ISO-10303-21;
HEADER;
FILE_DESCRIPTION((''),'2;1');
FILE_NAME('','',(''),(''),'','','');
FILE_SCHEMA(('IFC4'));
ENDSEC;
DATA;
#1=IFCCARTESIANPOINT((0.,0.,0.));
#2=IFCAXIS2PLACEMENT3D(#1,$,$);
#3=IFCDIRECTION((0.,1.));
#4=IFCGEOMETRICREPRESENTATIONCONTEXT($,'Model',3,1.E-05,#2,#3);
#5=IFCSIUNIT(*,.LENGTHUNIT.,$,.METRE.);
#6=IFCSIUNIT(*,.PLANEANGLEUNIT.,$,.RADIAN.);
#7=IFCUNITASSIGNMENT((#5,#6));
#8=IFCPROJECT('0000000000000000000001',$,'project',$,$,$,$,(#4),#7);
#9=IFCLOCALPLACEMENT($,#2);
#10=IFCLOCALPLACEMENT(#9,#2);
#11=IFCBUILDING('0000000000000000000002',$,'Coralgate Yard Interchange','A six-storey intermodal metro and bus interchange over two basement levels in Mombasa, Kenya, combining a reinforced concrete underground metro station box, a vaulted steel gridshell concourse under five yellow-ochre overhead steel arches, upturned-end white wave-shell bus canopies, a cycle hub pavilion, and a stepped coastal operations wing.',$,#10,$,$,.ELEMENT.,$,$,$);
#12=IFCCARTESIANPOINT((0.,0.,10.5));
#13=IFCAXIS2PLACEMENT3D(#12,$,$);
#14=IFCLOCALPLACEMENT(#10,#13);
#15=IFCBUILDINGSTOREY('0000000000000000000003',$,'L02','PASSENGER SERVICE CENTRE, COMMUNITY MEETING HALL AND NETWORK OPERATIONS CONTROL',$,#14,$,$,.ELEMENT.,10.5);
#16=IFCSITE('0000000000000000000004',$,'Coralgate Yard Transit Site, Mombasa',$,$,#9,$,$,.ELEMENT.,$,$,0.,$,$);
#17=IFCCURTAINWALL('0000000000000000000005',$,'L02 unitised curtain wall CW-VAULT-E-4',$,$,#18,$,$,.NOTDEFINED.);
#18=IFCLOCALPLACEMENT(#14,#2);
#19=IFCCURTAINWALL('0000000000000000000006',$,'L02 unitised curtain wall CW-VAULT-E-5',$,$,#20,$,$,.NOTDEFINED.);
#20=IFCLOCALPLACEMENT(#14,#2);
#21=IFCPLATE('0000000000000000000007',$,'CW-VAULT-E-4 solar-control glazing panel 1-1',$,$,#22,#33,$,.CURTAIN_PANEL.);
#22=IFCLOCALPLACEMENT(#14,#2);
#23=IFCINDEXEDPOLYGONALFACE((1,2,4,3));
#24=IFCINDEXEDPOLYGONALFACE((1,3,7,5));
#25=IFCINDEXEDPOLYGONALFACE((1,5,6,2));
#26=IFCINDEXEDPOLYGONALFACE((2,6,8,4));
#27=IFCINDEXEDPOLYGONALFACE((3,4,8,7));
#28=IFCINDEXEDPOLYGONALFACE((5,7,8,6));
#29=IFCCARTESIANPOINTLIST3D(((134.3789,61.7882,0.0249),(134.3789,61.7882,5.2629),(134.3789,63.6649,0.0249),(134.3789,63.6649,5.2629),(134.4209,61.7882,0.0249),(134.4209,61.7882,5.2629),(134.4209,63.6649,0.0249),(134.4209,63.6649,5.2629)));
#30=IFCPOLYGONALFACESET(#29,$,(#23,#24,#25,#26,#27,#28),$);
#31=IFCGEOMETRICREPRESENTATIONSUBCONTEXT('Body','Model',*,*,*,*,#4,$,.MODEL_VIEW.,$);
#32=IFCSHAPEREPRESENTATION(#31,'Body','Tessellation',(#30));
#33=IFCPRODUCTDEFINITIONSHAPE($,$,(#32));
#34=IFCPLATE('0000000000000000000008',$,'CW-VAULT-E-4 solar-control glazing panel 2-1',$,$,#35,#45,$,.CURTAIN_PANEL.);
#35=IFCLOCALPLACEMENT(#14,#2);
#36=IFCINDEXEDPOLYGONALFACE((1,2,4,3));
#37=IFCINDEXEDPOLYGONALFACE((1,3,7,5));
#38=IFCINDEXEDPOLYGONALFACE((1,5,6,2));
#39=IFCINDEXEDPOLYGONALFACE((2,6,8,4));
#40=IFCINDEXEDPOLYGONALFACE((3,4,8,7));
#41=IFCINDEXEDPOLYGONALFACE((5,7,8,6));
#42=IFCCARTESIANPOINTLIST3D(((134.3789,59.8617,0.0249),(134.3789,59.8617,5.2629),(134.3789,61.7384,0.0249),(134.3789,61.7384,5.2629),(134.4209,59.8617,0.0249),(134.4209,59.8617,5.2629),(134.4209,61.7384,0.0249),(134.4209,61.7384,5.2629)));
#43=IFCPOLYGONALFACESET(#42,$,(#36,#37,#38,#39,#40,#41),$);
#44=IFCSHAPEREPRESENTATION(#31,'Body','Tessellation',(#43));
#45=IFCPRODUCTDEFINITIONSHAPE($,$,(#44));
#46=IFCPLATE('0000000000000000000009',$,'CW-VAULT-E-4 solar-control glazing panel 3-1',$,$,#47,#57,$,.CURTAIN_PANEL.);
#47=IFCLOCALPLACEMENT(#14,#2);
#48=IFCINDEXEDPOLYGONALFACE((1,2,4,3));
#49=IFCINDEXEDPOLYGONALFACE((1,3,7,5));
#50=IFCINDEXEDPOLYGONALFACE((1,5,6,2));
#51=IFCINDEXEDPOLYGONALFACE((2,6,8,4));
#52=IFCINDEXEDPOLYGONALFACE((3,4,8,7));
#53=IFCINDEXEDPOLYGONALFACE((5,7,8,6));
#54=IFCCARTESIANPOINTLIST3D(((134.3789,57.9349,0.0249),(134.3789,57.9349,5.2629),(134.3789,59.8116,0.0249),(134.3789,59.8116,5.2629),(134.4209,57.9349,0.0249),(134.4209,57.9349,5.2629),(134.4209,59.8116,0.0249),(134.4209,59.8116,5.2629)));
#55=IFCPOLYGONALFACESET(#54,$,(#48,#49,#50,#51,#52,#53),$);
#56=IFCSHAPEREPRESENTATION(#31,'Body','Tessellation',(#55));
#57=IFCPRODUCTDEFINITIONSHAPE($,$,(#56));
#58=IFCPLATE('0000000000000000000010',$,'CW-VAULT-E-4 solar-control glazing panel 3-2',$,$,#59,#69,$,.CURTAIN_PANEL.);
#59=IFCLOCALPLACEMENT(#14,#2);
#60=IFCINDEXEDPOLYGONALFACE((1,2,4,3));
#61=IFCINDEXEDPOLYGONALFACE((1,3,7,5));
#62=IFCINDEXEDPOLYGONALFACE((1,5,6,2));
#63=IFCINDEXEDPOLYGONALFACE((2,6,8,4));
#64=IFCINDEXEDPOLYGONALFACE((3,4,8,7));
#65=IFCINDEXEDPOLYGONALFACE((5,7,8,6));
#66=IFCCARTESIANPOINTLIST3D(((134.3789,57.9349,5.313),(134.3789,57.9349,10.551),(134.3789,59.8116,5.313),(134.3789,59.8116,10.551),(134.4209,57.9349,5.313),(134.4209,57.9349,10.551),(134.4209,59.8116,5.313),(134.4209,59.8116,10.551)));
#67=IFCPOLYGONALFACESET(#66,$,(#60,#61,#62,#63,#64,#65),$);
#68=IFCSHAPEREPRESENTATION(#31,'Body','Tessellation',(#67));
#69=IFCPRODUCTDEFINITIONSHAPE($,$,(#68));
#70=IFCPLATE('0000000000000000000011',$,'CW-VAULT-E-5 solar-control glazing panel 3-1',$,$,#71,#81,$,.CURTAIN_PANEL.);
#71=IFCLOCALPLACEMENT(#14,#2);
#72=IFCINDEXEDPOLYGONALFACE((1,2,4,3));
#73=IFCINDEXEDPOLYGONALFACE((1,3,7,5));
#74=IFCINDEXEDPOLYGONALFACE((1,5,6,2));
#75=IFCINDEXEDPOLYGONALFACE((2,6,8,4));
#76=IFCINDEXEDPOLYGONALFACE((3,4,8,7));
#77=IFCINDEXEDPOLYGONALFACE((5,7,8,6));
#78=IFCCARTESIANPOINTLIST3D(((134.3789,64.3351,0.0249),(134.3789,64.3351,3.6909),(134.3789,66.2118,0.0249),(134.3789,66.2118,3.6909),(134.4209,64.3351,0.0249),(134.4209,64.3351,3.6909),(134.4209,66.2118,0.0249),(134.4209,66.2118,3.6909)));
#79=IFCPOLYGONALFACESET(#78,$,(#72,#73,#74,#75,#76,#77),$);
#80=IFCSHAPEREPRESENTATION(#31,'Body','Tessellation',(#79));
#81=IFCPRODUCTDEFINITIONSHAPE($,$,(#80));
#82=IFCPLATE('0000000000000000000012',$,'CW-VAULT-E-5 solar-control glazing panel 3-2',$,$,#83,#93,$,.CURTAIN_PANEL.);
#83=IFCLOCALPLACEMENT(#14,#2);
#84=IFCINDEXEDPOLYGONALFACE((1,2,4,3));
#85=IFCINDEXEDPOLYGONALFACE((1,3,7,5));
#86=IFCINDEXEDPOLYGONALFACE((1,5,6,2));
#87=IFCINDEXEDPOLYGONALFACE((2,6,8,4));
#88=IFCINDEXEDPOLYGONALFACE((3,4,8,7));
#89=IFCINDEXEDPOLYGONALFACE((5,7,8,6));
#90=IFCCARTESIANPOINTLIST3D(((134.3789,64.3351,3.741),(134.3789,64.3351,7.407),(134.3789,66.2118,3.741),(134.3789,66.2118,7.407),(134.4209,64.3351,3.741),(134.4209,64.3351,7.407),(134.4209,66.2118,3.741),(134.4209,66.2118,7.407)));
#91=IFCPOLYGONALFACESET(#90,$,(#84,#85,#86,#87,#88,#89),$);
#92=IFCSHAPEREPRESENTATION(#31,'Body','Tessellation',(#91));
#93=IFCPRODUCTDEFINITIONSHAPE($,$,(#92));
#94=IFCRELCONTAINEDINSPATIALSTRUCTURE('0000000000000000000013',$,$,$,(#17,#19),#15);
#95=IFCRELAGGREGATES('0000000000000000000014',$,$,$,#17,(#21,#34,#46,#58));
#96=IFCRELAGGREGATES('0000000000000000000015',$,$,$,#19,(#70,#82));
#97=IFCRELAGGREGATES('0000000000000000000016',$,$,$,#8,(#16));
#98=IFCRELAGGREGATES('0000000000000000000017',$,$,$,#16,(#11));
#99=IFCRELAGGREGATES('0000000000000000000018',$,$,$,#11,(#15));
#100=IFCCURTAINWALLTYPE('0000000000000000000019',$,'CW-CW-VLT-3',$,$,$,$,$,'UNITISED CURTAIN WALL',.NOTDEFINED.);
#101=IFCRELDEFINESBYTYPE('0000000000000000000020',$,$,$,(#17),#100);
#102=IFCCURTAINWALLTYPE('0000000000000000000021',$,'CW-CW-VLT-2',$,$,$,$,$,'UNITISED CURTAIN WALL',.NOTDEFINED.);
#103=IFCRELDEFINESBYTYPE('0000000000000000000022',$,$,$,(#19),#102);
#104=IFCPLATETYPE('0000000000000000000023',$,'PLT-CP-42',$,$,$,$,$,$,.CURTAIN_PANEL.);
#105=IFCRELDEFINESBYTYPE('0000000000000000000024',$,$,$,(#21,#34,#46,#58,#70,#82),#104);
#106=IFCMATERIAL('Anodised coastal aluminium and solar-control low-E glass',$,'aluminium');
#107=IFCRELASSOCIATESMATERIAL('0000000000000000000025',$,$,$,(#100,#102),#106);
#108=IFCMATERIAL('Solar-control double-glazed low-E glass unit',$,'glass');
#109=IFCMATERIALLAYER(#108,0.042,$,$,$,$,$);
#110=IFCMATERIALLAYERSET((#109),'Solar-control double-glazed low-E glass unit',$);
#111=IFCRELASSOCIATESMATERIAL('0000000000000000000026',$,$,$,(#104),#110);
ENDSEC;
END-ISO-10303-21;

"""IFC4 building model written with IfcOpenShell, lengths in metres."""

from ifc_helpers import new_model, si_unit, direction, frame, origin, origin_2d, place, context, subcontext, project, spatial, rectangle, extrude, material, layer, layer_set, type_object, element, aggregate, save


model = new_model("IFC4")

# Units and contexts
model_context = context("Model", 3, precision=1e-05, world=origin(), true_north=direction((0.0, 1.0)))
body_context = subcontext(model_context, "Body", "Model", "MODEL_VIEW")
ifc_project = project(units=[si_unit("LENGTHUNIT", "METRE"), si_unit("PLANEANGLEUNIT", "RADIAN")], contexts=[model_context])

# Site, building, storey
site_placement = place(None, origin())
site = spatial("IfcSite", under=ifc_project, at=site_placement, Name="Coralgate Yard Transit Site, Mombasa", CompositionType="ELEMENT", RefElevation=0.0)
building_placement = place(site_placement, origin())
building = spatial("IfcBuilding", under=site, at=building_placement, Name="Coralgate Yard Interchange", Description="A six-storey intermodal metro and bus interchange over two basement levels in Mombasa, Kenya, combining a reinforced concrete underground metro station box, a vaulted steel gridshell concourse under five yellow-ochre overhead steel arches, upturned-end white wave-shell bus canopies, a cycle hub pavilion, and a stepped coastal operations wing.", CompositionType="ELEMENT")
storey_placement = place(building_placement, frame((0.0, 0.0, 10.5)))
storey = spatial("IfcBuildingStorey", under=building, at=storey_placement, Name="L02", Description="PASSENGER SERVICE CENTRE, COMMUNITY MEETING HALL AND NETWORK OPERATIONS CONTROL", CompositionType="ELEMENT", Elevation=10.5)

# Curtain walls
ifc_material_1 = material(Name="Anodised coastal aluminium and solar-control low-E glass", Category="aluminium")
curtain_wall_type_1 = type_object("IfcCurtainWallType", Name="CW-CW-VLT-3", ElementType="UNITISED CURTAIN WALL", PredefinedType="NOTDEFINED", material=ifc_material_1)
curtain_wall_1_placement = place(storey_placement, origin())
curtain_wall_1 = element("IfcCurtainWall", 1, at=curtain_wall_1_placement, inside=storey, type_object=curtain_wall_type_1, Name="L02 unitised curtain wall CW-VAULT-E-4", PredefinedType="NOTDEFINED")
curtain_wall_type_2 = type_object("IfcCurtainWallType", Name="CW-CW-VLT-2", ElementType="UNITISED CURTAIN WALL", PredefinedType="NOTDEFINED", material=ifc_material_1)
curtain_wall_2_placement = place(storey_placement, origin())
curtain_wall_2 = element("IfcCurtainWall", 2, at=curtain_wall_2_placement, inside=storey, type_object=curtain_wall_type_2, Name="L02 unitised curtain wall CW-VAULT-E-5", PredefinedType="NOTDEFINED")

# Plates
ifc_material_2 = material(Name="Solar-control double-glazed low-E glass unit", Category="glass")
ifc_layer = layer(ifc_material_2, 0.042)
ifc_layer_set = layer_set([ifc_layer], Name="Solar-control double-glazed low-E glass unit")
plate_type = type_object("IfcPlateType", Name="PLT-CP-42", PredefinedType="CURTAIN_PANEL", material=ifc_layer_set)
plate_1_placement = place(storey_placement, frame((134.3999, 62.7266, 0.0249), z_axis=(0.0, 0.0, 1.0), x_axis=(0.0, -1.0, 0.0)))
plate_1 = element("IfcPlate", 3, at=plate_1_placement, type_object=plate_type, Name="CW-VAULT-E-4 solar-control glazing panel 1-1", PredefinedType="CURTAIN_PANEL", context=body_context, shape_type="SweptSolid", body=[
    extrude(rectangle(XDim=1.8767, YDim=0.042, at=origin_2d()), origin(), (0.0, 0.0, 1.0), 5.238),
])
plate_2_placement = place(storey_placement, frame((134.3999, 60.8, 0.0249), z_axis=(0.0, 0.0, 1.0), x_axis=(0.0, -1.0, 0.0)))
plate_2 = element("IfcPlate", 4, at=plate_2_placement, type_object=plate_type, Name="CW-VAULT-E-4 solar-control glazing panel 2-1", PredefinedType="CURTAIN_PANEL", context=body_context, shape_type="SweptSolid", body=[
    extrude(rectangle(XDim=1.8767, YDim=0.042, at=origin_2d()), origin(), (0.0, 0.0, 1.0), 5.238),
])
plate_3_placement = place(storey_placement, frame((134.3999, 58.8733, 0.0249), z_axis=(0.0, 0.0, 1.0), x_axis=(0.0, -1.0, 0.0)))
plate_3 = element("IfcPlate", 5, at=plate_3_placement, type_object=plate_type, Name="CW-VAULT-E-4 solar-control glazing panel 3-1", PredefinedType="CURTAIN_PANEL", context=body_context, shape_type="SweptSolid", body=[
    extrude(rectangle(XDim=1.8767, YDim=0.042, at=origin_2d()), origin(), (0.0, 0.0, 1.0), 5.238),
])
plate_4_placement = place(storey_placement, frame((134.3999, 58.8733, 5.313), z_axis=(0.0, 0.0, 1.0), x_axis=(0.0, -1.0, 0.0)))
plate_4 = element("IfcPlate", 6, at=plate_4_placement, type_object=plate_type, Name="CW-VAULT-E-4 solar-control glazing panel 3-2", PredefinedType="CURTAIN_PANEL", context=body_context, shape_type="SweptSolid", body=[
    extrude(rectangle(XDim=1.8767, YDim=0.042, at=origin_2d()), origin(), (0.0, 0.0, 1.0), 5.238),
])
aggregate(curtain_wall_1, [plate_1, plate_2, plate_3, plate_4])
plate_5_placement = place(storey_placement, frame((134.3999, 65.2734, 0.0249), z_axis=(0.0, 0.0, 1.0), x_axis=(0.0, -1.0, 0.0)))
plate_5 = element("IfcPlate", 7, at=plate_5_placement, type_object=plate_type, Name="CW-VAULT-E-5 solar-control glazing panel 3-1", PredefinedType="CURTAIN_PANEL", context=body_context, shape_type="SweptSolid", body=[
    extrude(rectangle(XDim=1.8767, YDim=0.042, at=origin_2d()), origin(), (0.0, 0.0, 1.0), 3.666),
])
plate_6_placement = place(storey_placement, frame((134.3999, 65.2734, 3.741), z_axis=(0.0, 0.0, 1.0), x_axis=(0.0, -1.0, 0.0)))
plate_6 = element("IfcPlate", 8, at=plate_6_placement, type_object=plate_type, Name="CW-VAULT-E-5 solar-control glazing panel 3-2", PredefinedType="CURTAIN_PANEL", context=body_context, shape_type="SweptSolid", body=[
    extrude(rectangle(XDim=1.8767, YDim=0.042, at=origin_2d()), origin(), (0.0, 0.0, 1.0), 3.666),
])
aggregate(curtain_wall_2, [plate_5, plate_6])

save(model, "model.ifc")
